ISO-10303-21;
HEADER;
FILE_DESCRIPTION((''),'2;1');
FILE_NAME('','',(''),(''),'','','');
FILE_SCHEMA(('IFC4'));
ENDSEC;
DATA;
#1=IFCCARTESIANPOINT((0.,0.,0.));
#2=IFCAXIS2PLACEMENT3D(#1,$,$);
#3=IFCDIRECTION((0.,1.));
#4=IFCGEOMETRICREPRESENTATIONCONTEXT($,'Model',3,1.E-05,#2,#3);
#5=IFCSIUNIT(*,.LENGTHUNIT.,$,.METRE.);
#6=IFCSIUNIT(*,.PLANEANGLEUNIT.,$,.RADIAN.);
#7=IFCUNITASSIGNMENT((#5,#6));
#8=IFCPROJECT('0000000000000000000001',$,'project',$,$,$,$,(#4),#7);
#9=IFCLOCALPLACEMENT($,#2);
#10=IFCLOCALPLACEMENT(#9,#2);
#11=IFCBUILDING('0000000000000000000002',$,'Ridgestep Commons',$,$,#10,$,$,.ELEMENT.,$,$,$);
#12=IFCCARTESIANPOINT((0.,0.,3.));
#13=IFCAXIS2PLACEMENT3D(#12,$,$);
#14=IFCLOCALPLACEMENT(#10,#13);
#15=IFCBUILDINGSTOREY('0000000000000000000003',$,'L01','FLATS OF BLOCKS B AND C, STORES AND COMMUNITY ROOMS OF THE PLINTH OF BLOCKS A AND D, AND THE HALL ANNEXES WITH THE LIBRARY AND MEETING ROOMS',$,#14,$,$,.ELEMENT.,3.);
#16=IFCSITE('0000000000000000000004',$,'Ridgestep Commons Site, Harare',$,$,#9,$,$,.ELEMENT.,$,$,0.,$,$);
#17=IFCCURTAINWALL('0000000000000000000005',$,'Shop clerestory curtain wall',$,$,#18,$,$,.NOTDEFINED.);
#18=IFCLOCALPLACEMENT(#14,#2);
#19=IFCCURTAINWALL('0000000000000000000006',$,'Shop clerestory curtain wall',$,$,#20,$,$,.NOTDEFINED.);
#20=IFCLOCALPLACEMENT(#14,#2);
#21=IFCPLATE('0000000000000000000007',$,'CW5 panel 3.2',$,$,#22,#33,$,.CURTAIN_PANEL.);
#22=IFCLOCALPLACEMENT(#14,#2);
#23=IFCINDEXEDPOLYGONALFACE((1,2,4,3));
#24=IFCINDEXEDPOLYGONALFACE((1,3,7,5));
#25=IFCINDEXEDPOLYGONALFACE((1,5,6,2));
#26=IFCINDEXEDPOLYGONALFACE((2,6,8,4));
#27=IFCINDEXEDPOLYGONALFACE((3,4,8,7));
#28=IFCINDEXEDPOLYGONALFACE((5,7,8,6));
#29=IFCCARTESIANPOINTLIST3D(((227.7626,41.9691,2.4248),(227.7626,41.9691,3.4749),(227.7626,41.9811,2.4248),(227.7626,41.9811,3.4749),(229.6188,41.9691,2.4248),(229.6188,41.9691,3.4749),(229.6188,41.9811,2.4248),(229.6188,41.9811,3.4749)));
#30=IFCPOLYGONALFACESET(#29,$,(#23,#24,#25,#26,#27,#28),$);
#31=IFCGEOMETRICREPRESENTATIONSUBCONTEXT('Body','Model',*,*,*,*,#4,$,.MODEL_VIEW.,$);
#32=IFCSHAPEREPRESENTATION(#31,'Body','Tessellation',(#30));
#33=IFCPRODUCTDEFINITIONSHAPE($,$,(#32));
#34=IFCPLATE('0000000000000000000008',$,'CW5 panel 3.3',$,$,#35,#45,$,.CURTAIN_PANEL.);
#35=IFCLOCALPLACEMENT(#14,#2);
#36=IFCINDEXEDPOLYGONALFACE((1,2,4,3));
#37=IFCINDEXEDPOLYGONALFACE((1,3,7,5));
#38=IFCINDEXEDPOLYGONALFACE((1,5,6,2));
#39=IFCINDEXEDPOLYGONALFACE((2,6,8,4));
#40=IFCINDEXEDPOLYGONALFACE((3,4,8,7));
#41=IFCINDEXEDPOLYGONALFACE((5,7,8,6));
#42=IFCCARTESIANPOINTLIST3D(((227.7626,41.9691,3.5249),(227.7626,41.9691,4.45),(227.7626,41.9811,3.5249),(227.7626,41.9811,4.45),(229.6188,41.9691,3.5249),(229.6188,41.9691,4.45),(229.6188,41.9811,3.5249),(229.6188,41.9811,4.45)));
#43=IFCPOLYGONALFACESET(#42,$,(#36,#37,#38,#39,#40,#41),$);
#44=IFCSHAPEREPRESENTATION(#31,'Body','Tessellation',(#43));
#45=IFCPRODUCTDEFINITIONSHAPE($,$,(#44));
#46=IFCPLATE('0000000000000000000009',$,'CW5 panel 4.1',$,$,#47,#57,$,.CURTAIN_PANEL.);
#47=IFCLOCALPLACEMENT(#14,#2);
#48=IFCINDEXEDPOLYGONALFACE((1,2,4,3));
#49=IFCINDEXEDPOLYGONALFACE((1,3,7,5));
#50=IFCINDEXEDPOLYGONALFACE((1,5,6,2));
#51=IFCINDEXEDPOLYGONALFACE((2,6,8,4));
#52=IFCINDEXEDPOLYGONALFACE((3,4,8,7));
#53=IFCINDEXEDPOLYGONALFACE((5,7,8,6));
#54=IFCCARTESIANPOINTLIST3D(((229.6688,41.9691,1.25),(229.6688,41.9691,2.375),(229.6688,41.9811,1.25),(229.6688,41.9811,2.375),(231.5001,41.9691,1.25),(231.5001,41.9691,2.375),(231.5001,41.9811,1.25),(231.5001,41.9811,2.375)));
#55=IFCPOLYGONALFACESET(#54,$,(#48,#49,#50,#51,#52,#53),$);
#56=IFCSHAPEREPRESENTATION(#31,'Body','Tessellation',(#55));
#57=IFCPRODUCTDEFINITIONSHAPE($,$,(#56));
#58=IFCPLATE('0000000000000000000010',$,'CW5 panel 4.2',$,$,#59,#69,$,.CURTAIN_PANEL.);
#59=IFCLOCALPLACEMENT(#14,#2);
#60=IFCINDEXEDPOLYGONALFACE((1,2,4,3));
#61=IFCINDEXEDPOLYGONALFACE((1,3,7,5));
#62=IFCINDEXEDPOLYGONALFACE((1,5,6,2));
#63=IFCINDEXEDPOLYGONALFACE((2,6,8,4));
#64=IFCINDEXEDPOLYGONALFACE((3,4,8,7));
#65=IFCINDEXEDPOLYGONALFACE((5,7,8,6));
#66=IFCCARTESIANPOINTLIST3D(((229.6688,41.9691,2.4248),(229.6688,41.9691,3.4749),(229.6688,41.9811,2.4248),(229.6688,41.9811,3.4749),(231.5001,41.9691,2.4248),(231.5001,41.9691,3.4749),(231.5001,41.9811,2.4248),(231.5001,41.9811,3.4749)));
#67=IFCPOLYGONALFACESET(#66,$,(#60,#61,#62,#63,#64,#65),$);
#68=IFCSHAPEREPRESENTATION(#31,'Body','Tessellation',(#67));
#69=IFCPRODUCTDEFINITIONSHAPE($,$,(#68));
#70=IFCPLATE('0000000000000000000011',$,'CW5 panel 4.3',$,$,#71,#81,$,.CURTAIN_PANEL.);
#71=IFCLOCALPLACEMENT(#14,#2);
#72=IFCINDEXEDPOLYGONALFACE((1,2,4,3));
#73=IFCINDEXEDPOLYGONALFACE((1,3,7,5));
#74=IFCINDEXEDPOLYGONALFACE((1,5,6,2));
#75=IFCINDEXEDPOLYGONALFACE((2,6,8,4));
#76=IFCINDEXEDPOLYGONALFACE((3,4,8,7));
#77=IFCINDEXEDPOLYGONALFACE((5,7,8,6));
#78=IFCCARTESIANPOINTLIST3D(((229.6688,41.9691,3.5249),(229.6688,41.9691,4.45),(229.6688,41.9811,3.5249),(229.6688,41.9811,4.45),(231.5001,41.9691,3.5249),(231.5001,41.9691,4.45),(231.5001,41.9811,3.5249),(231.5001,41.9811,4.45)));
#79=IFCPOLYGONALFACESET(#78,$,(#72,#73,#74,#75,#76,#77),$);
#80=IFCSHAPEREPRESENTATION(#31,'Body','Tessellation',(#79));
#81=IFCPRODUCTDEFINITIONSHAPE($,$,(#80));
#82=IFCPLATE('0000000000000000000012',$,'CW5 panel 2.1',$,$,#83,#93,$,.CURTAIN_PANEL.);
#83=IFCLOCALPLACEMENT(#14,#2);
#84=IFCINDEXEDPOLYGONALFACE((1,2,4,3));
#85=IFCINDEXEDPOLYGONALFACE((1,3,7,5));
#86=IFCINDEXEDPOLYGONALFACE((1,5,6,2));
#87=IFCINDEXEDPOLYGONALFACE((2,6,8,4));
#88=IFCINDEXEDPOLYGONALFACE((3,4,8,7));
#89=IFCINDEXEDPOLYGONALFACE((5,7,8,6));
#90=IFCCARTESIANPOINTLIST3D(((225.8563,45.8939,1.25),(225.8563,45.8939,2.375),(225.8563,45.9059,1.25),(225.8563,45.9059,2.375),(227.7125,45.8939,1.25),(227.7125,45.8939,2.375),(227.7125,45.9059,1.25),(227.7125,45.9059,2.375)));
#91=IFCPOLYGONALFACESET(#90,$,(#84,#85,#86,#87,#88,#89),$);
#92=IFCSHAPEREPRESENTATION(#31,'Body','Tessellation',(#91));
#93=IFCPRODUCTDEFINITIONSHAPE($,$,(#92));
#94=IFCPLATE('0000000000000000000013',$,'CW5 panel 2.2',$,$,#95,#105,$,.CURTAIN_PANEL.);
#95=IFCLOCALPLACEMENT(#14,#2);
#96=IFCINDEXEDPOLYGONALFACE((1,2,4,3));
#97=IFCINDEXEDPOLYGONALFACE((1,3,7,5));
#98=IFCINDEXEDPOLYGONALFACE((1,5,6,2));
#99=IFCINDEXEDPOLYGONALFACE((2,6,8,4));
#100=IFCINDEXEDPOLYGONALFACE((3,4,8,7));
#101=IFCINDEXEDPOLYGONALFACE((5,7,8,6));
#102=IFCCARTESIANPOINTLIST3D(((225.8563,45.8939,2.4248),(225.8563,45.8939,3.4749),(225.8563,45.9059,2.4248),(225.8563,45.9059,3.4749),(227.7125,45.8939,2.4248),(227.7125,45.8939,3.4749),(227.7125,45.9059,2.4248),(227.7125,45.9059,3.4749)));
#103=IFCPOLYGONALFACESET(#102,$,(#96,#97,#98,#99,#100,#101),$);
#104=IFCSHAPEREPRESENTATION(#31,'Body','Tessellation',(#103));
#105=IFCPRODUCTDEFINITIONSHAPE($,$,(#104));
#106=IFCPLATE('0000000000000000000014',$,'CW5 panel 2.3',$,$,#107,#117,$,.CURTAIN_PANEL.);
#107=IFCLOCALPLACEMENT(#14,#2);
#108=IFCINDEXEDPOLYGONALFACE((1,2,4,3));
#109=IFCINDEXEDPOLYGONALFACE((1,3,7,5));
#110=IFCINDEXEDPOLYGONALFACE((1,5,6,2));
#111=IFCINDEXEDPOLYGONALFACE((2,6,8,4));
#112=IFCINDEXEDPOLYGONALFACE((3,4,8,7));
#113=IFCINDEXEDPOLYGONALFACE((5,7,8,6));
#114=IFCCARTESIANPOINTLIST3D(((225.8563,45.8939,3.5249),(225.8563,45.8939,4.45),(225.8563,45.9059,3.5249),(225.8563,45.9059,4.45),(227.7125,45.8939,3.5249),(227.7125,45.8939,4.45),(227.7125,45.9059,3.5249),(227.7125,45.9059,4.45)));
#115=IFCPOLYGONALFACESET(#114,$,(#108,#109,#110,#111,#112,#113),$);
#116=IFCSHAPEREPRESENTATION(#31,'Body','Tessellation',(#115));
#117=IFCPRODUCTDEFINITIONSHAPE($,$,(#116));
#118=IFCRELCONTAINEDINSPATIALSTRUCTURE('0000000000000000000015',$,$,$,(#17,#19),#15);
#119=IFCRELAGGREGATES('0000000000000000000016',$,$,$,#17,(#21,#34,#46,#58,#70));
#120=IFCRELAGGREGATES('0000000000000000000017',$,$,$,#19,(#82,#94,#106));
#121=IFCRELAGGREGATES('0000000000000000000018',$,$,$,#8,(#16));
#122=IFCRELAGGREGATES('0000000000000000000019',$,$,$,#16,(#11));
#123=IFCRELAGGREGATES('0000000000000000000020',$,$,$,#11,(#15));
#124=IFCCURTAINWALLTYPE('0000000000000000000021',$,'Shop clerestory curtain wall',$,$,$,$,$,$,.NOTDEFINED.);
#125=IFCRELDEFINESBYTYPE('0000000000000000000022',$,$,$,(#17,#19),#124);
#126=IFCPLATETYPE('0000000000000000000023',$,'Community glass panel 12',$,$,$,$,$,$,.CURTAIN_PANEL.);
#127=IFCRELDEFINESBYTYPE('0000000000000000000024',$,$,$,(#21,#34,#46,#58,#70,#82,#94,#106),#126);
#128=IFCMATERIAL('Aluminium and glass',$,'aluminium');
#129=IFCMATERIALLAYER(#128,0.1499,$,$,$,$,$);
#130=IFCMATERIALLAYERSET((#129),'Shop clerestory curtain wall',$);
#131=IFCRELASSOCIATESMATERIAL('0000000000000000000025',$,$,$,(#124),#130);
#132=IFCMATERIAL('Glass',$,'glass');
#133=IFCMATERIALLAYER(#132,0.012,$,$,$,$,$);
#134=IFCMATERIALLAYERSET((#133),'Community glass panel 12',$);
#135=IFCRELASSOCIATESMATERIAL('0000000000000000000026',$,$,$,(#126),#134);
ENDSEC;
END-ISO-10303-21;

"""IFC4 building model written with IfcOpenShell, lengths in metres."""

from ifc_helpers import new_model, si_unit, direction, frame, origin, origin_2d, place, context, subcontext, project, spatial, rectangle, extrude, material, layer, layer_set, type_object, element, aggregate, save


model = new_model("IFC4")

# Units and contexts
model_context = context("Model", 3, precision=1e-05, world=origin(), true_north=direction((0.0, 1.0)))
body_context = subcontext(model_context, "Body", "Model", "MODEL_VIEW")
ifc_project = project(units=[si_unit("LENGTHUNIT", "METRE"), si_unit("PLANEANGLEUNIT", "RADIAN")], contexts=[model_context])

# Site, building, storey
site_placement = place(None, origin())
site = spatial("IfcSite", under=ifc_project, at=site_placement, Name="Ridgestep Commons Site, Harare", CompositionType="ELEMENT", RefElevation=0.0)
building_placement = place(site_placement, origin())
building = spatial("IfcBuilding", under=site, at=building_placement, Name="Ridgestep Commons", CompositionType="ELEMENT")
storey_placement = place(building_placement, frame((0.0, 0.0, 3.0)))
storey = spatial("IfcBuildingStorey", under=building, at=storey_placement, Name="L01", Description="FLATS OF BLOCKS B AND C, STORES AND COMMUNITY ROOMS OF THE PLINTH OF BLOCKS A AND D, AND THE HALL ANNEXES WITH THE LIBRARY AND MEETING ROOMS", CompositionType="ELEMENT", Elevation=3.0)

# Curtain wall
ifc_material_1 = material(Name="Aluminium and glass", Category="aluminium")
ifc_layer_1 = layer(ifc_material_1, 0.1499)
ifc_layer_set_1 = layer_set([ifc_layer_1], Name="Shop clerestory curtain wall")
curtain_wall_type = type_object("IfcCurtainWallType", Name="Shop clerestory curtain wall", PredefinedType="NOTDEFINED", material=ifc_layer_set_1)
curtain_wall_1_placement = place(storey_placement, origin())
curtain_wall_1 = element("IfcCurtainWall", 1, at=curtain_wall_1_placement, inside=storey, type_object=curtain_wall_type, Name="Shop clerestory curtain wall", PredefinedType="NOTDEFINED")

# Curtain wall
curtain_wall_2_placement = place(storey_placement, origin())
curtain_wall_2 = element("IfcCurtainWall", 2, at=curtain_wall_2_placement, inside=storey, type_object=curtain_wall_type, Name="Shop clerestory curtain wall", PredefinedType="NOTDEFINED")

# Plates
ifc_material_2 = material(Name="Glass", Category="glass")
ifc_layer_2 = layer(ifc_material_2, 0.012)
ifc_layer_set_2 = layer_set([ifc_layer_2], Name="Community glass panel 12")
plate_type = type_object("IfcPlateType", Name="Community glass panel 12", PredefinedType="CURTAIN_PANEL", material=ifc_layer_set_2)
plate_1_placement = place(storey_placement, frame((228.6907, 41.9751, 2.4248), z_axis=(0.0, 0.0, 1.0), x_axis=(1.0, 0.0, 0.0)))
plate_1 = element("IfcPlate", 3, at=plate_1_placement, type_object=plate_type, Name="CW5 panel 3.2", PredefinedType="CURTAIN_PANEL", context=body_context, shape_type="SweptSolid", body=[
    extrude(rectangle(XDim=1.8562, YDim=0.012, at=origin_2d()), origin(), (0.0, 0.0, 1.0), 1.05),
])
plate_2_placement = place(storey_placement, frame((228.6907, 41.9751, 3.5249), z_axis=(0.0, 0.0, 1.0), x_axis=(1.0, 0.0, 0.0)))
plate_2 = element("IfcPlate", 4, at=plate_2_placement, type_object=plate_type, Name="CW5 panel 3.3", PredefinedType="CURTAIN_PANEL", context=body_context, shape_type="SweptSolid", body=[
    extrude(rectangle(XDim=1.8562, YDim=0.012, at=origin_2d()), origin(), (0.0, 0.0, 1.0), 0.925),
])
plate_3_placement = place(storey_placement, frame((230.5845, 41.9751, 1.25), z_axis=(0.0, 0.0, 1.0), x_axis=(1.0, 0.0, 0.0)))
plate_3 = element("IfcPlate", 5, at=plate_3_placement, type_object=plate_type, Name="CW5 panel 4.1", PredefinedType="CURTAIN_PANEL", context=body_context, shape_type="SweptSolid", body=[
    extrude(rectangle(XDim=1.8313, YDim=0.012, at=origin_2d()), origin(), (0.0, 0.0, 1.0), 1.125),
])
plate_4_placement = place(storey_placement, frame((230.5845, 41.9751, 2.4248), z_axis=(0.0, 0.0, 1.0), x_axis=(1.0, 0.0, 0.0)))
plate_4 = element("IfcPlate", 6, at=plate_4_placement, type_object=plate_type, Name="CW5 panel 4.2", PredefinedType="CURTAIN_PANEL", context=body_context, shape_type="SweptSolid", body=[
    extrude(rectangle(XDim=1.8313, YDim=0.012, at=origin_2d()), origin(), (0.0, 0.0, 1.0), 1.05),
])
plate_5_placement = place(storey_placement, frame((230.5845, 41.9751, 3.5249), z_axis=(0.0, 0.0, 1.0), x_axis=(1.0, 0.0, 0.0)))
plate_5 = element("IfcPlate", 7, at=plate_5_placement, type_object=plate_type, Name="CW5 panel 4.3", PredefinedType="CURTAIN_PANEL", context=body_context, shape_type="SweptSolid", body=[
    extrude(rectangle(XDim=1.8313, YDim=0.012, at=origin_2d()), origin(), (0.0, 0.0, 1.0), 0.925),
])
aggregate(curtain_wall_1, [plate_1, plate_2, plate_3, plate_4, plate_5])
plate_6_placement = place(storey_placement, frame((226.7844, 45.8999, 1.25), z_axis=(0.0, 0.0, 1.0), x_axis=(1.0, 0.0, 0.0)))
plate_6 = element("IfcPlate", 8, at=plate_6_placement, type_object=plate_type, Name="CW5 panel 2.1", PredefinedType="CURTAIN_PANEL", context=body_context, shape_type="SweptSolid", body=[
    extrude(rectangle(XDim=1.8562, YDim=0.012, at=origin_2d()), origin(), (0.0, 0.0, 1.0), 1.125),
])
plate_7_placement = place(storey_placement, frame((226.7844, 45.8999, 2.4248), z_axis=(0.0, 0.0, 1.0), x_axis=(1.0, 0.0, 0.0)))
plate_7 = element("IfcPlate", 9, at=plate_7_placement, type_object=plate_type, Name="CW5 panel 2.2", PredefinedType="CURTAIN_PANEL", context=body_context, shape_type="SweptSolid", body=[
    extrude(rectangle(XDim=1.8562, YDim=0.012, at=origin_2d()), origin(), (0.0, 0.0, 1.0), 1.05),
])
plate_8_placement = place(storey_placement, frame((226.7844, 45.8999, 3.5249), z_axis=(0.0, 0.0, 1.0), x_axis=(1.0, 0.0, 0.0)))
plate_8 = element("IfcPlate", 10, at=plate_8_placement, type_object=plate_type, Name="CW5 panel 2.3", PredefinedType="CURTAIN_PANEL", context=body_context, shape_type="SweptSolid", body=[
    extrude(rectangle(XDim=1.8562, YDim=0.012, at=origin_2d()), origin(), (0.0, 0.0, 1.0), 0.925),
])
aggregate(curtain_wall_2, [plate_6, plate_7, plate_8])

save(model, "model.ifc")
